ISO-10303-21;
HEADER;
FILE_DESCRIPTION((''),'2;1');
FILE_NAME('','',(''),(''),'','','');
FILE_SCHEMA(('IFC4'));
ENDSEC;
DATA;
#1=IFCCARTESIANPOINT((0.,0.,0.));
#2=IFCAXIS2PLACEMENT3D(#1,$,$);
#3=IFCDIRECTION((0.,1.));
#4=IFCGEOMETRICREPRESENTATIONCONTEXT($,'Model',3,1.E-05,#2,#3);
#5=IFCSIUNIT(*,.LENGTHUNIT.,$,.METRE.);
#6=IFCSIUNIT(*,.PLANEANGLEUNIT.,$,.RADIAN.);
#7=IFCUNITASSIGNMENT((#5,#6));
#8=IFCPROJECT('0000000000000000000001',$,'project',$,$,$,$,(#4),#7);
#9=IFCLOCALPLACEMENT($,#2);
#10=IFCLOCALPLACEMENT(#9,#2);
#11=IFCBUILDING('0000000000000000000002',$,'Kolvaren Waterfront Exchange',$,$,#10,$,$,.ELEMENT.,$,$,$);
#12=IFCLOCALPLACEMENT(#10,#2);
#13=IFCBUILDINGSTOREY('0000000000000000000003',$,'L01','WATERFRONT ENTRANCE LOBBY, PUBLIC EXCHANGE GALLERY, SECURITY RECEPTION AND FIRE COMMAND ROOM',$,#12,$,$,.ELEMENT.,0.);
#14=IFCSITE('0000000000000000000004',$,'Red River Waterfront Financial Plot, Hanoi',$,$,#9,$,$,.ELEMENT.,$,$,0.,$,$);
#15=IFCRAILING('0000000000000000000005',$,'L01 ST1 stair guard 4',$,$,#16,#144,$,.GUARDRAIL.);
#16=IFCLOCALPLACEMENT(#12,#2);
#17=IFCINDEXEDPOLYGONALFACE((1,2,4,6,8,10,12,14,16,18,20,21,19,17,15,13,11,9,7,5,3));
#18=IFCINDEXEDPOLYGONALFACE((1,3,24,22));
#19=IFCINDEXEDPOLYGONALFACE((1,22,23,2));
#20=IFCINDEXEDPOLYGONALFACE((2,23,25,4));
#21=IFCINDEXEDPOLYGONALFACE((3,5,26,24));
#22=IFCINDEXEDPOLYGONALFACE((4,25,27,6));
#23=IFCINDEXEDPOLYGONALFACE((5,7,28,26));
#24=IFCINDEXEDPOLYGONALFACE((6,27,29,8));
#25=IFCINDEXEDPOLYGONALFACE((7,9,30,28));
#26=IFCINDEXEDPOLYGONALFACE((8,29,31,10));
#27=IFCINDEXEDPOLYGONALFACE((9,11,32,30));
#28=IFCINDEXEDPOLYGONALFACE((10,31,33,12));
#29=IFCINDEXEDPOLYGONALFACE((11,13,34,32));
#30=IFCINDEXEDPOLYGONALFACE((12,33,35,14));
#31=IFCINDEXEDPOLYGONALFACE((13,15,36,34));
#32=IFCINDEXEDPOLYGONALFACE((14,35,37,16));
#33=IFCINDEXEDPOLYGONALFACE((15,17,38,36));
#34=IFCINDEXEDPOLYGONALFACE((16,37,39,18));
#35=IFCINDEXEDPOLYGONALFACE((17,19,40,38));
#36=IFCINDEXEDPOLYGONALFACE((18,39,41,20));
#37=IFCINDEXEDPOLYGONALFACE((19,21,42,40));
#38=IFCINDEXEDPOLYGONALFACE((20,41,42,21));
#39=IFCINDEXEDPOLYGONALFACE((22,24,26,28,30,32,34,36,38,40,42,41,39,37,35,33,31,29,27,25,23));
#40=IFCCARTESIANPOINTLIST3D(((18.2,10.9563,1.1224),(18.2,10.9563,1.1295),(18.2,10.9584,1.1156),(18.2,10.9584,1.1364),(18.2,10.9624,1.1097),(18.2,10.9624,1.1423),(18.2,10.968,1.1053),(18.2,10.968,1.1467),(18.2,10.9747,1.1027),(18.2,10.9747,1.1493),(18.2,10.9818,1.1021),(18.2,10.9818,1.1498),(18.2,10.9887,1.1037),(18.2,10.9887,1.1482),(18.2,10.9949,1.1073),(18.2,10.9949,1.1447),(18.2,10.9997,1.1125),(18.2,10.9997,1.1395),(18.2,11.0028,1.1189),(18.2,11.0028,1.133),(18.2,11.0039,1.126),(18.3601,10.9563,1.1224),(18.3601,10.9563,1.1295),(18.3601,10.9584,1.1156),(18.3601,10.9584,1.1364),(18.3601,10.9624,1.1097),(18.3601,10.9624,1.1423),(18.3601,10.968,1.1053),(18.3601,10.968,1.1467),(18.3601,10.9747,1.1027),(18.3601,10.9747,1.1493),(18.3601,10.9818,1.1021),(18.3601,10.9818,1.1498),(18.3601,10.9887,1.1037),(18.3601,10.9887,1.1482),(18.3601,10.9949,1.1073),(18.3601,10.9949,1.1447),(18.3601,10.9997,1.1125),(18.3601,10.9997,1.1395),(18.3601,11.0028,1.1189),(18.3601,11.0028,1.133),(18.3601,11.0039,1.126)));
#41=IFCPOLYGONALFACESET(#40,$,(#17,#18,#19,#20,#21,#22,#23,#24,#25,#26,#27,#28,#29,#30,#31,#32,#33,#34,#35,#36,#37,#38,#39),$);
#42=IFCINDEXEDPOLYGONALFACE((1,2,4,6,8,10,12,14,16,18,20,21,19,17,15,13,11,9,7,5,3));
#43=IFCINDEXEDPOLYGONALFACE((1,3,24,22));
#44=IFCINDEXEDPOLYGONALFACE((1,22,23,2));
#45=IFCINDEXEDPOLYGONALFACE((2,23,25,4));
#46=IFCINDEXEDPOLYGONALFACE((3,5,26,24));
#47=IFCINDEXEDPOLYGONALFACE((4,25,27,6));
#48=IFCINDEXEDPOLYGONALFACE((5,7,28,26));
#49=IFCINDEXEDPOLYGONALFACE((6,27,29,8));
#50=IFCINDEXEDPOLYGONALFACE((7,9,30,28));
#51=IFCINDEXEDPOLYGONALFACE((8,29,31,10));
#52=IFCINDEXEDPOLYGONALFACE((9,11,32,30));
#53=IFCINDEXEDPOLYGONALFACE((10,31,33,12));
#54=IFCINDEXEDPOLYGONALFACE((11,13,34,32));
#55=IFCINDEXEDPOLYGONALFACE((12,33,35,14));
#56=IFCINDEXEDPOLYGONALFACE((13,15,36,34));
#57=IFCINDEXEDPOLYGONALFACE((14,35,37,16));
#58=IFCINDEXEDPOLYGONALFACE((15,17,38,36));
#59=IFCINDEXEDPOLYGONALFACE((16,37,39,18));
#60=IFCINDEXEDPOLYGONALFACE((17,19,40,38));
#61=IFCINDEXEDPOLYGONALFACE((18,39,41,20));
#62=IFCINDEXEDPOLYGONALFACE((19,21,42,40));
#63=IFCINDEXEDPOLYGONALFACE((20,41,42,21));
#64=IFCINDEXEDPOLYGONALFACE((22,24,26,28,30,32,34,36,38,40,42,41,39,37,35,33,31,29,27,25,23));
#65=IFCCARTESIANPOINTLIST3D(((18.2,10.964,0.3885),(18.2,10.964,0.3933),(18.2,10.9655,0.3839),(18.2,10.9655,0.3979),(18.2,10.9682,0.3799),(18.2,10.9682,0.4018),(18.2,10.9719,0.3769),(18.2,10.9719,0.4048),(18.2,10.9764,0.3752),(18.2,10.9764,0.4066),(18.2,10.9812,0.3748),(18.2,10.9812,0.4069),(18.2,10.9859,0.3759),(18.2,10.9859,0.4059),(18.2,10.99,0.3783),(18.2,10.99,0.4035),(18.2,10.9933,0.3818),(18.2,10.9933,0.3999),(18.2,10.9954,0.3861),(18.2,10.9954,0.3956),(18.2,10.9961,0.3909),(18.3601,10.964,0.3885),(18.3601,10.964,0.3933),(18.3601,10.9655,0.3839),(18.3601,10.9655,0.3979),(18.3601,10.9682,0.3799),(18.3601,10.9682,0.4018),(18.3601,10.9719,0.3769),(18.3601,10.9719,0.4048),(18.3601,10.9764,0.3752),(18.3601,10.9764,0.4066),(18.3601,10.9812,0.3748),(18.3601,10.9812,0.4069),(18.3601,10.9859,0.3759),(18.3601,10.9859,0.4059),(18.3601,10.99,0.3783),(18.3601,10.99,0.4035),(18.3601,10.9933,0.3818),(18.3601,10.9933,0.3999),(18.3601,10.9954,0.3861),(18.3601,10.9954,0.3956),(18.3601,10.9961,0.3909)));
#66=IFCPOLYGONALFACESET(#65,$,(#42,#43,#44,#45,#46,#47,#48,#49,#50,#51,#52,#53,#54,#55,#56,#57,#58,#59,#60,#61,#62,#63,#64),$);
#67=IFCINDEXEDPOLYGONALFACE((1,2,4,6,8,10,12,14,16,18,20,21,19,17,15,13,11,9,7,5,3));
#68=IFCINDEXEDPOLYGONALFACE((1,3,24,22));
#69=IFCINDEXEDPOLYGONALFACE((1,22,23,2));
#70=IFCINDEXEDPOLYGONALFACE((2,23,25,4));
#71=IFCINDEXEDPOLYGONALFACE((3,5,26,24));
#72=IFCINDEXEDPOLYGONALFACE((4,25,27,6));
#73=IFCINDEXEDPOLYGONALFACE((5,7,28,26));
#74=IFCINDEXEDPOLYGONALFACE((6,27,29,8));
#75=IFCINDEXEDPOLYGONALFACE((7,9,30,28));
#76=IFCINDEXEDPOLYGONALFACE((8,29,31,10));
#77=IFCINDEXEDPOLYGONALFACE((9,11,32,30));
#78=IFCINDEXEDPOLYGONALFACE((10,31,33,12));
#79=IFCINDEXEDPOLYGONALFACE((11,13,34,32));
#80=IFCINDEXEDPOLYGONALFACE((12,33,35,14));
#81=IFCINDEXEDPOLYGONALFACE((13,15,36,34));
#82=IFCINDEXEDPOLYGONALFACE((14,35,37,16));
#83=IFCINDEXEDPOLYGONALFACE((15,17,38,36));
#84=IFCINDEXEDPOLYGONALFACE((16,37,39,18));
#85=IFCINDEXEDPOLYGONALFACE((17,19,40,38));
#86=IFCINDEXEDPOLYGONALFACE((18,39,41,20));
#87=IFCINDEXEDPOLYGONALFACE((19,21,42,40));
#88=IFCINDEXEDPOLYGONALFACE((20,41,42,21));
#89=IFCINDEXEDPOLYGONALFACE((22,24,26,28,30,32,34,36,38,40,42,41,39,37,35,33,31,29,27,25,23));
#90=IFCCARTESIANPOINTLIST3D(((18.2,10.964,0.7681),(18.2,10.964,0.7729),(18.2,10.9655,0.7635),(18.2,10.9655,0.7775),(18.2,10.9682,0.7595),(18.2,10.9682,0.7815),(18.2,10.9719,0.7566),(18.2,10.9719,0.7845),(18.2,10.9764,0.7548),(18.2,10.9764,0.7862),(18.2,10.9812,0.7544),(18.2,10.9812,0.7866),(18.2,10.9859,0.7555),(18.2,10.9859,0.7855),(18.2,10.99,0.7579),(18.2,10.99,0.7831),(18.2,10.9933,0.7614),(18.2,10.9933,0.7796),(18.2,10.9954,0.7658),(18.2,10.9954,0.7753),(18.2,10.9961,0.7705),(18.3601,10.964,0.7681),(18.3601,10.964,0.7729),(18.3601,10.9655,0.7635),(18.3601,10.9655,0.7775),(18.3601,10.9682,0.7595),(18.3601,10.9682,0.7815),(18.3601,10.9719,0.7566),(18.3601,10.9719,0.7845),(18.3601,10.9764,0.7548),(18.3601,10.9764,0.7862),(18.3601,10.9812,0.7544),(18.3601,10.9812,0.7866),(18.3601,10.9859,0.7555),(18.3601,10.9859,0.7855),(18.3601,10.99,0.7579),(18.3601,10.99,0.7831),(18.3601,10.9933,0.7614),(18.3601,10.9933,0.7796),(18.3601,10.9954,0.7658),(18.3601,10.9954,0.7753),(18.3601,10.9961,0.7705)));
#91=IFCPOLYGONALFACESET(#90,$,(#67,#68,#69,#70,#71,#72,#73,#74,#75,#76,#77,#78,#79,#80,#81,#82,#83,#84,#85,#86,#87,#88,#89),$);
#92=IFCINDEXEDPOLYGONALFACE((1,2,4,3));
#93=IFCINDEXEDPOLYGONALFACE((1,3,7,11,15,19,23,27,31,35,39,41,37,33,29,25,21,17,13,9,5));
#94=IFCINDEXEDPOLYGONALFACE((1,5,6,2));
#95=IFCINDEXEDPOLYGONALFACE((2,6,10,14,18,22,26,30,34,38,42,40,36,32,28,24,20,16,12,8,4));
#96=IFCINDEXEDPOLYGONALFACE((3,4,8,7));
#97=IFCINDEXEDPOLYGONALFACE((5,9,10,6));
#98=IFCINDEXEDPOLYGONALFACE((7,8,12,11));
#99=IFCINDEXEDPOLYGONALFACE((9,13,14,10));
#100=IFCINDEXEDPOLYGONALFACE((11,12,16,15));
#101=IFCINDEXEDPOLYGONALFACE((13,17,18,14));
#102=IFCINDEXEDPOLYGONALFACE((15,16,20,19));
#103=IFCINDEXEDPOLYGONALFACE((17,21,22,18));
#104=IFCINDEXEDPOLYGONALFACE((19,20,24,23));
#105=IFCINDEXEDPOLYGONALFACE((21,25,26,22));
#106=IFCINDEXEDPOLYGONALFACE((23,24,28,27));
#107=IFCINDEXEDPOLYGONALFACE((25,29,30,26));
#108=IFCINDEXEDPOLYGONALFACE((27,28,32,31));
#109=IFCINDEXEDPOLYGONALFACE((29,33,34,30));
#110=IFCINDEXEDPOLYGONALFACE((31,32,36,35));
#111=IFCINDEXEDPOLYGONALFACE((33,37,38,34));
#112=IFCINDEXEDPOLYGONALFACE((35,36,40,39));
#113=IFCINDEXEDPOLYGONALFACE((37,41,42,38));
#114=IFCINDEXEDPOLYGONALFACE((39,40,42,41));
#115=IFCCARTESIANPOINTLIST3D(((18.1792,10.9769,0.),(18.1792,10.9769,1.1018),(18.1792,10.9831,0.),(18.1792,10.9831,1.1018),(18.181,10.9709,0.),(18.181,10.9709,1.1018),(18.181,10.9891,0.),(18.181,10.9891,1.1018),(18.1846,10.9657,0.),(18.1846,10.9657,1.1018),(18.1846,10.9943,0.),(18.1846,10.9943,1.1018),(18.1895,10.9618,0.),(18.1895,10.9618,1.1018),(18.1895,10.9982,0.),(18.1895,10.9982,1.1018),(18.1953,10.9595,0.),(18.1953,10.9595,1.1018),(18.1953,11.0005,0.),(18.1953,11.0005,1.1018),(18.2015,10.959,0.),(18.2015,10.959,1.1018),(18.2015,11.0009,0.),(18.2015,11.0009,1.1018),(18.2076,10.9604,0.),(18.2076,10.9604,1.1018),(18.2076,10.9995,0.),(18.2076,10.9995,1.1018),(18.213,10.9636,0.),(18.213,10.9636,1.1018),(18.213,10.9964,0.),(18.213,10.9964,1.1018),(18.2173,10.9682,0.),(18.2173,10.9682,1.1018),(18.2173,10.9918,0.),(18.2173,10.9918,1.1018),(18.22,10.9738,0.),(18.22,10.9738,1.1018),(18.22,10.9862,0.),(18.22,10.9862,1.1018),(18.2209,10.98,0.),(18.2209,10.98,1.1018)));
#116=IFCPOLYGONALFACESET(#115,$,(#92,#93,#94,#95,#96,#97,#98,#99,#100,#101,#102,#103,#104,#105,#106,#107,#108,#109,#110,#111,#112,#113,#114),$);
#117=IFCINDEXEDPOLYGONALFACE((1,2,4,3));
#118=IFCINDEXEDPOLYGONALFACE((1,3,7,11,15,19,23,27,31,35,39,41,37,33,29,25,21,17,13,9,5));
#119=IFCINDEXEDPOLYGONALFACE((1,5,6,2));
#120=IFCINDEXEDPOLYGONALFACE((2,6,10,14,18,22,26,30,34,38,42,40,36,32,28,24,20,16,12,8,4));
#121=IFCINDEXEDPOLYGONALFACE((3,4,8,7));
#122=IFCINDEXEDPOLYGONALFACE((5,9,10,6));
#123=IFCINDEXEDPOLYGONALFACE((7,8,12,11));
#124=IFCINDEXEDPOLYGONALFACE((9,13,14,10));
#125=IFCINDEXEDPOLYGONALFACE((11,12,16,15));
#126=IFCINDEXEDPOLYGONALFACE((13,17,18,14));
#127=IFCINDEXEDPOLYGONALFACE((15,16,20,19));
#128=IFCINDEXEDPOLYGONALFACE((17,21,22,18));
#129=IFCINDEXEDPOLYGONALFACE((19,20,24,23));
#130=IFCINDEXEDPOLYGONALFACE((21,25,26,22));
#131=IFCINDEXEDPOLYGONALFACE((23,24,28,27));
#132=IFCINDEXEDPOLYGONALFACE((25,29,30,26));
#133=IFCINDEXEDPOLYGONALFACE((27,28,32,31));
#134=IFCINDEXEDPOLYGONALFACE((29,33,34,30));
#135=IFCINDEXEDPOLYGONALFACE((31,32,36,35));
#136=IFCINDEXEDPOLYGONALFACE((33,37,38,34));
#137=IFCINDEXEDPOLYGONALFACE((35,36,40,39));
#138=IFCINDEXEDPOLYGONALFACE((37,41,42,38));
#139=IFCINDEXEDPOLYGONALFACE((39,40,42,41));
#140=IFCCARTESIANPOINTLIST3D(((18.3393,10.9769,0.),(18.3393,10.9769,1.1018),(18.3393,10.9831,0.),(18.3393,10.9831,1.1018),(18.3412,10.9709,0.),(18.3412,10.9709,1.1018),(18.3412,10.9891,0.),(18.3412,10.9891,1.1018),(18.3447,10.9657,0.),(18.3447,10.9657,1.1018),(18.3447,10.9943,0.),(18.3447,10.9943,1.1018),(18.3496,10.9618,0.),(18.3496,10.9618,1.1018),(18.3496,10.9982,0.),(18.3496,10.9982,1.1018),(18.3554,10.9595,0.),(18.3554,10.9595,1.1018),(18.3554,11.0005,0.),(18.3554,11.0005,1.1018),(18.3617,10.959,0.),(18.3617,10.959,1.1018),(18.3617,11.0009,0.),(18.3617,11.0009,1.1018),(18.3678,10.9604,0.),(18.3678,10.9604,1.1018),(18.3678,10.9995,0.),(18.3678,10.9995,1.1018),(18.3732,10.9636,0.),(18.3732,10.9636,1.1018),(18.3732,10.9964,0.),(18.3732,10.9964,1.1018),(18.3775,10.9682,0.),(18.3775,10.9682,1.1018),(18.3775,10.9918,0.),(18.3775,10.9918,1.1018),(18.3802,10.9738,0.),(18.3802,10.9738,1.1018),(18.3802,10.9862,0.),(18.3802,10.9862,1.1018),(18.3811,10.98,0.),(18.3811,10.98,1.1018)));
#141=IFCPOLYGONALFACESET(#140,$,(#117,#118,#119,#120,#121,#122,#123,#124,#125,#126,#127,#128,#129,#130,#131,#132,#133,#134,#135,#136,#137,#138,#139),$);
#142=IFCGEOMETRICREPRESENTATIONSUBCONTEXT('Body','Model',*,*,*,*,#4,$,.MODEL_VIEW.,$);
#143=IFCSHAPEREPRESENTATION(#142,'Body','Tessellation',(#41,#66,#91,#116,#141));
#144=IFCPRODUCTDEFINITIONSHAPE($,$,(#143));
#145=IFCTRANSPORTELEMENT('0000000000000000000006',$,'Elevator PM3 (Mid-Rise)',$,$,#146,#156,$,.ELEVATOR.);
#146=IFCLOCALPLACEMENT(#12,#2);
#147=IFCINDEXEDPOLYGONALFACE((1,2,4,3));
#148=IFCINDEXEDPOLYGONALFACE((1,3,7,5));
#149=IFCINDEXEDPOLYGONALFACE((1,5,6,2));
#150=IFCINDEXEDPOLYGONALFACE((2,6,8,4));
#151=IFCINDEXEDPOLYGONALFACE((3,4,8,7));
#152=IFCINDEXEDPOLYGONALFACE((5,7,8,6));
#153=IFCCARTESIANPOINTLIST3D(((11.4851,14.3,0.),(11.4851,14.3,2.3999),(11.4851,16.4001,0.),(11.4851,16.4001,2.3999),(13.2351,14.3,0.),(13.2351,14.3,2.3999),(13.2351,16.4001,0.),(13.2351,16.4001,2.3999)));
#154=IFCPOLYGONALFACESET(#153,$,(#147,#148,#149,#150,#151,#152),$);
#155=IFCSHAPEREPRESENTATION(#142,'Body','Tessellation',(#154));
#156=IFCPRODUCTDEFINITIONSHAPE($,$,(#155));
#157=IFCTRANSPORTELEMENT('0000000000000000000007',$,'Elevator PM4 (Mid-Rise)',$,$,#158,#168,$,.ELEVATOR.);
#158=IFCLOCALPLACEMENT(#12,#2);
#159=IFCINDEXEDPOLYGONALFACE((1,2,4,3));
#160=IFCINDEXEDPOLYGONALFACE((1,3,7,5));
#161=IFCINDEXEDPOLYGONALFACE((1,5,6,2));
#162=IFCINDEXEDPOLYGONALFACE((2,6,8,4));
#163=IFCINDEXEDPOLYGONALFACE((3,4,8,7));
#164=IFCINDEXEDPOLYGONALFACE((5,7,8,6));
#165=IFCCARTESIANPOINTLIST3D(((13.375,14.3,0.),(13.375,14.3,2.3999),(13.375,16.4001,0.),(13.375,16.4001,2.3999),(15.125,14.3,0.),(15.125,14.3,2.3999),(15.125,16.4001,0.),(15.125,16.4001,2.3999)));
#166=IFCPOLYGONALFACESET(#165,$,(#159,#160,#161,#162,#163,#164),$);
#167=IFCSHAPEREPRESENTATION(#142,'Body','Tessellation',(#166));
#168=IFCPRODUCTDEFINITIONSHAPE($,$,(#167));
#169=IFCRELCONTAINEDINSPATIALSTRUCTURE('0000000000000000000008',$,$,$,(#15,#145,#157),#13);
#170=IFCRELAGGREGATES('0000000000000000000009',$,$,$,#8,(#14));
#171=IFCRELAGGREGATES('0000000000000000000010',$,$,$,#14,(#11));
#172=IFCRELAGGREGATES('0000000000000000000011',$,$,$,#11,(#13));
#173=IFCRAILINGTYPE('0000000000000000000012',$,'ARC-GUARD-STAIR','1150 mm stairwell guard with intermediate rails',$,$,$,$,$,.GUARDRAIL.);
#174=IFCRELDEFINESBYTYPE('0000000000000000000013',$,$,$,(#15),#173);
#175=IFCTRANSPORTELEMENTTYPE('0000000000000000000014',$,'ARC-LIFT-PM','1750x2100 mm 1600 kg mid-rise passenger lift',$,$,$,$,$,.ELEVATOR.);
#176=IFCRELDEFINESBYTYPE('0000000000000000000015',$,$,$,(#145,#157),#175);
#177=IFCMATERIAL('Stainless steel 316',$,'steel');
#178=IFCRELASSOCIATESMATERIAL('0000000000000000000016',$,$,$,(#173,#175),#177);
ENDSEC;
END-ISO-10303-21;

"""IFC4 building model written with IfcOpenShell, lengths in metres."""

from ifc_helpers import new_model, si_unit, direction, frame, origin, origin_2d, place, context, subcontext, project, spatial, rectangle, circle, extrude, material, type_object, element, save


model = new_model("IFC4")

# Units and contexts
model_context = context("Model", 3, precision=1e-05, world=origin(), true_north=direction((0.0, 1.0)))
body_context = subcontext(model_context, "Body", "Model", "MODEL_VIEW")
ifc_project = project(units=[si_unit("LENGTHUNIT", "METRE"), si_unit("PLANEANGLEUNIT", "RADIAN")], contexts=[model_context])

# Site, building, storey
site_placement = place(None, origin())
site = spatial("IfcSite", under=ifc_project, at=site_placement, Name="Red River Waterfront Financial Plot, Hanoi", CompositionType="ELEMENT", RefElevation=0.0)
building_placement = place(site_placement, origin())
building = spatial("IfcBuilding", under=site, at=building_placement, Name="Kolvaren Waterfront Exchange", CompositionType="ELEMENT")
storey_placement = place(building_placement, origin())
storey = spatial("IfcBuildingStorey", under=building, at=storey_placement, Name="L01", Description="WATERFRONT ENTRANCE LOBBY, PUBLIC EXCHANGE GALLERY, SECURITY RECEPTION AND FIRE COMMAND ROOM", CompositionType="ELEMENT", Elevation=0.0)

# Railing
ifc_material_1 = material(Name="Stainless steel 316", Category="steel")
railing_type_1 = type_object("IfcRailingType", Name="ARC-GUARD-STAIR", Description="1150 mm stairwell guard with intermediate rails", PredefinedType="GUARDRAIL", material=ifc_material_1)
railing_1_placement = place(storey_placement, frame((18.2, 10.98, 0.0)))
element("IfcRailing", 1, at=railing_1_placement, inside=storey, type_object=railing_type_1, Name="L01 ST1 stair guard 4", PredefinedType="GUARDRAIL", context=body_context, shape_type="SweptSolid", body=[
    extrude(circle(Radius=0.0239, at=origin_2d()), frame((0.0, 0.0, 1.126), z_axis=(1.0, 0.0, 0.0), x_axis=(0.0, 1.0, 0.0)), (0.0, 0.0, 1.0), 0.1602),
    extrude(circle(Radius=0.0161, at=origin_2d()), frame((0.0, 0.0, 0.3909), z_axis=(1.0, 0.0, 0.0), x_axis=(0.0, 1.0, 0.0)), (0.0, 0.0, 1.0), 0.1602),
    extrude(circle(Radius=0.0161, at=origin_2d()), frame((0.0, 0.0, 0.7705), z_axis=(1.0, 0.0, 0.0), x_axis=(0.0, 1.0, 0.0)), (0.0, 0.0, 1.0), 0.1602),
    extrude(circle(Radius=0.021, at=origin_2d()), origin(), (0.0, 0.0, 1.0), 1.1018),
    extrude(circle(Radius=0.021, at=origin_2d()), frame((0.1602, 0.0, 0.0)), (0.0, 0.0, 1.0), 1.1018),
])

# Transport elements
transport_element_type = type_object("IfcTransportElementType", Name="ARC-LIFT-PM", Description="1750x2100 mm 1600 kg mid-rise passenger lift", PredefinedType="ELEVATOR", material=ifc_material_1)
for number, where, z_axis, x_axis, name in (
    (2, (12.3601, 15.3501, 0.0), (0.0, 0.0, 1.0), (1.0, 0.0, 0.0), "Elevator PM3 (Mid-Rise)"),
    (3, (14.25, 15.3501, 0.0), (0.0, 0.0, 1.0), (1.0, 0.0, 0.0), "Elevator PM4 (Mid-Rise)"),
):
    element("IfcTransportElement", number, at=place(storey_placement, frame(where, z_axis=z_axis, x_axis=x_axis)), inside=storey, type_object=transport_element_type, Name=name, PredefinedType="ELEVATOR", context=body_context, shape_type="SweptSolid", body=[
        extrude(rectangle(XDim=1.75, YDim=2.1001, at=origin_2d()), origin(), (0.0, 0.0, 1.0), 2.3999),
    ])

save(model, "model.ifc")
